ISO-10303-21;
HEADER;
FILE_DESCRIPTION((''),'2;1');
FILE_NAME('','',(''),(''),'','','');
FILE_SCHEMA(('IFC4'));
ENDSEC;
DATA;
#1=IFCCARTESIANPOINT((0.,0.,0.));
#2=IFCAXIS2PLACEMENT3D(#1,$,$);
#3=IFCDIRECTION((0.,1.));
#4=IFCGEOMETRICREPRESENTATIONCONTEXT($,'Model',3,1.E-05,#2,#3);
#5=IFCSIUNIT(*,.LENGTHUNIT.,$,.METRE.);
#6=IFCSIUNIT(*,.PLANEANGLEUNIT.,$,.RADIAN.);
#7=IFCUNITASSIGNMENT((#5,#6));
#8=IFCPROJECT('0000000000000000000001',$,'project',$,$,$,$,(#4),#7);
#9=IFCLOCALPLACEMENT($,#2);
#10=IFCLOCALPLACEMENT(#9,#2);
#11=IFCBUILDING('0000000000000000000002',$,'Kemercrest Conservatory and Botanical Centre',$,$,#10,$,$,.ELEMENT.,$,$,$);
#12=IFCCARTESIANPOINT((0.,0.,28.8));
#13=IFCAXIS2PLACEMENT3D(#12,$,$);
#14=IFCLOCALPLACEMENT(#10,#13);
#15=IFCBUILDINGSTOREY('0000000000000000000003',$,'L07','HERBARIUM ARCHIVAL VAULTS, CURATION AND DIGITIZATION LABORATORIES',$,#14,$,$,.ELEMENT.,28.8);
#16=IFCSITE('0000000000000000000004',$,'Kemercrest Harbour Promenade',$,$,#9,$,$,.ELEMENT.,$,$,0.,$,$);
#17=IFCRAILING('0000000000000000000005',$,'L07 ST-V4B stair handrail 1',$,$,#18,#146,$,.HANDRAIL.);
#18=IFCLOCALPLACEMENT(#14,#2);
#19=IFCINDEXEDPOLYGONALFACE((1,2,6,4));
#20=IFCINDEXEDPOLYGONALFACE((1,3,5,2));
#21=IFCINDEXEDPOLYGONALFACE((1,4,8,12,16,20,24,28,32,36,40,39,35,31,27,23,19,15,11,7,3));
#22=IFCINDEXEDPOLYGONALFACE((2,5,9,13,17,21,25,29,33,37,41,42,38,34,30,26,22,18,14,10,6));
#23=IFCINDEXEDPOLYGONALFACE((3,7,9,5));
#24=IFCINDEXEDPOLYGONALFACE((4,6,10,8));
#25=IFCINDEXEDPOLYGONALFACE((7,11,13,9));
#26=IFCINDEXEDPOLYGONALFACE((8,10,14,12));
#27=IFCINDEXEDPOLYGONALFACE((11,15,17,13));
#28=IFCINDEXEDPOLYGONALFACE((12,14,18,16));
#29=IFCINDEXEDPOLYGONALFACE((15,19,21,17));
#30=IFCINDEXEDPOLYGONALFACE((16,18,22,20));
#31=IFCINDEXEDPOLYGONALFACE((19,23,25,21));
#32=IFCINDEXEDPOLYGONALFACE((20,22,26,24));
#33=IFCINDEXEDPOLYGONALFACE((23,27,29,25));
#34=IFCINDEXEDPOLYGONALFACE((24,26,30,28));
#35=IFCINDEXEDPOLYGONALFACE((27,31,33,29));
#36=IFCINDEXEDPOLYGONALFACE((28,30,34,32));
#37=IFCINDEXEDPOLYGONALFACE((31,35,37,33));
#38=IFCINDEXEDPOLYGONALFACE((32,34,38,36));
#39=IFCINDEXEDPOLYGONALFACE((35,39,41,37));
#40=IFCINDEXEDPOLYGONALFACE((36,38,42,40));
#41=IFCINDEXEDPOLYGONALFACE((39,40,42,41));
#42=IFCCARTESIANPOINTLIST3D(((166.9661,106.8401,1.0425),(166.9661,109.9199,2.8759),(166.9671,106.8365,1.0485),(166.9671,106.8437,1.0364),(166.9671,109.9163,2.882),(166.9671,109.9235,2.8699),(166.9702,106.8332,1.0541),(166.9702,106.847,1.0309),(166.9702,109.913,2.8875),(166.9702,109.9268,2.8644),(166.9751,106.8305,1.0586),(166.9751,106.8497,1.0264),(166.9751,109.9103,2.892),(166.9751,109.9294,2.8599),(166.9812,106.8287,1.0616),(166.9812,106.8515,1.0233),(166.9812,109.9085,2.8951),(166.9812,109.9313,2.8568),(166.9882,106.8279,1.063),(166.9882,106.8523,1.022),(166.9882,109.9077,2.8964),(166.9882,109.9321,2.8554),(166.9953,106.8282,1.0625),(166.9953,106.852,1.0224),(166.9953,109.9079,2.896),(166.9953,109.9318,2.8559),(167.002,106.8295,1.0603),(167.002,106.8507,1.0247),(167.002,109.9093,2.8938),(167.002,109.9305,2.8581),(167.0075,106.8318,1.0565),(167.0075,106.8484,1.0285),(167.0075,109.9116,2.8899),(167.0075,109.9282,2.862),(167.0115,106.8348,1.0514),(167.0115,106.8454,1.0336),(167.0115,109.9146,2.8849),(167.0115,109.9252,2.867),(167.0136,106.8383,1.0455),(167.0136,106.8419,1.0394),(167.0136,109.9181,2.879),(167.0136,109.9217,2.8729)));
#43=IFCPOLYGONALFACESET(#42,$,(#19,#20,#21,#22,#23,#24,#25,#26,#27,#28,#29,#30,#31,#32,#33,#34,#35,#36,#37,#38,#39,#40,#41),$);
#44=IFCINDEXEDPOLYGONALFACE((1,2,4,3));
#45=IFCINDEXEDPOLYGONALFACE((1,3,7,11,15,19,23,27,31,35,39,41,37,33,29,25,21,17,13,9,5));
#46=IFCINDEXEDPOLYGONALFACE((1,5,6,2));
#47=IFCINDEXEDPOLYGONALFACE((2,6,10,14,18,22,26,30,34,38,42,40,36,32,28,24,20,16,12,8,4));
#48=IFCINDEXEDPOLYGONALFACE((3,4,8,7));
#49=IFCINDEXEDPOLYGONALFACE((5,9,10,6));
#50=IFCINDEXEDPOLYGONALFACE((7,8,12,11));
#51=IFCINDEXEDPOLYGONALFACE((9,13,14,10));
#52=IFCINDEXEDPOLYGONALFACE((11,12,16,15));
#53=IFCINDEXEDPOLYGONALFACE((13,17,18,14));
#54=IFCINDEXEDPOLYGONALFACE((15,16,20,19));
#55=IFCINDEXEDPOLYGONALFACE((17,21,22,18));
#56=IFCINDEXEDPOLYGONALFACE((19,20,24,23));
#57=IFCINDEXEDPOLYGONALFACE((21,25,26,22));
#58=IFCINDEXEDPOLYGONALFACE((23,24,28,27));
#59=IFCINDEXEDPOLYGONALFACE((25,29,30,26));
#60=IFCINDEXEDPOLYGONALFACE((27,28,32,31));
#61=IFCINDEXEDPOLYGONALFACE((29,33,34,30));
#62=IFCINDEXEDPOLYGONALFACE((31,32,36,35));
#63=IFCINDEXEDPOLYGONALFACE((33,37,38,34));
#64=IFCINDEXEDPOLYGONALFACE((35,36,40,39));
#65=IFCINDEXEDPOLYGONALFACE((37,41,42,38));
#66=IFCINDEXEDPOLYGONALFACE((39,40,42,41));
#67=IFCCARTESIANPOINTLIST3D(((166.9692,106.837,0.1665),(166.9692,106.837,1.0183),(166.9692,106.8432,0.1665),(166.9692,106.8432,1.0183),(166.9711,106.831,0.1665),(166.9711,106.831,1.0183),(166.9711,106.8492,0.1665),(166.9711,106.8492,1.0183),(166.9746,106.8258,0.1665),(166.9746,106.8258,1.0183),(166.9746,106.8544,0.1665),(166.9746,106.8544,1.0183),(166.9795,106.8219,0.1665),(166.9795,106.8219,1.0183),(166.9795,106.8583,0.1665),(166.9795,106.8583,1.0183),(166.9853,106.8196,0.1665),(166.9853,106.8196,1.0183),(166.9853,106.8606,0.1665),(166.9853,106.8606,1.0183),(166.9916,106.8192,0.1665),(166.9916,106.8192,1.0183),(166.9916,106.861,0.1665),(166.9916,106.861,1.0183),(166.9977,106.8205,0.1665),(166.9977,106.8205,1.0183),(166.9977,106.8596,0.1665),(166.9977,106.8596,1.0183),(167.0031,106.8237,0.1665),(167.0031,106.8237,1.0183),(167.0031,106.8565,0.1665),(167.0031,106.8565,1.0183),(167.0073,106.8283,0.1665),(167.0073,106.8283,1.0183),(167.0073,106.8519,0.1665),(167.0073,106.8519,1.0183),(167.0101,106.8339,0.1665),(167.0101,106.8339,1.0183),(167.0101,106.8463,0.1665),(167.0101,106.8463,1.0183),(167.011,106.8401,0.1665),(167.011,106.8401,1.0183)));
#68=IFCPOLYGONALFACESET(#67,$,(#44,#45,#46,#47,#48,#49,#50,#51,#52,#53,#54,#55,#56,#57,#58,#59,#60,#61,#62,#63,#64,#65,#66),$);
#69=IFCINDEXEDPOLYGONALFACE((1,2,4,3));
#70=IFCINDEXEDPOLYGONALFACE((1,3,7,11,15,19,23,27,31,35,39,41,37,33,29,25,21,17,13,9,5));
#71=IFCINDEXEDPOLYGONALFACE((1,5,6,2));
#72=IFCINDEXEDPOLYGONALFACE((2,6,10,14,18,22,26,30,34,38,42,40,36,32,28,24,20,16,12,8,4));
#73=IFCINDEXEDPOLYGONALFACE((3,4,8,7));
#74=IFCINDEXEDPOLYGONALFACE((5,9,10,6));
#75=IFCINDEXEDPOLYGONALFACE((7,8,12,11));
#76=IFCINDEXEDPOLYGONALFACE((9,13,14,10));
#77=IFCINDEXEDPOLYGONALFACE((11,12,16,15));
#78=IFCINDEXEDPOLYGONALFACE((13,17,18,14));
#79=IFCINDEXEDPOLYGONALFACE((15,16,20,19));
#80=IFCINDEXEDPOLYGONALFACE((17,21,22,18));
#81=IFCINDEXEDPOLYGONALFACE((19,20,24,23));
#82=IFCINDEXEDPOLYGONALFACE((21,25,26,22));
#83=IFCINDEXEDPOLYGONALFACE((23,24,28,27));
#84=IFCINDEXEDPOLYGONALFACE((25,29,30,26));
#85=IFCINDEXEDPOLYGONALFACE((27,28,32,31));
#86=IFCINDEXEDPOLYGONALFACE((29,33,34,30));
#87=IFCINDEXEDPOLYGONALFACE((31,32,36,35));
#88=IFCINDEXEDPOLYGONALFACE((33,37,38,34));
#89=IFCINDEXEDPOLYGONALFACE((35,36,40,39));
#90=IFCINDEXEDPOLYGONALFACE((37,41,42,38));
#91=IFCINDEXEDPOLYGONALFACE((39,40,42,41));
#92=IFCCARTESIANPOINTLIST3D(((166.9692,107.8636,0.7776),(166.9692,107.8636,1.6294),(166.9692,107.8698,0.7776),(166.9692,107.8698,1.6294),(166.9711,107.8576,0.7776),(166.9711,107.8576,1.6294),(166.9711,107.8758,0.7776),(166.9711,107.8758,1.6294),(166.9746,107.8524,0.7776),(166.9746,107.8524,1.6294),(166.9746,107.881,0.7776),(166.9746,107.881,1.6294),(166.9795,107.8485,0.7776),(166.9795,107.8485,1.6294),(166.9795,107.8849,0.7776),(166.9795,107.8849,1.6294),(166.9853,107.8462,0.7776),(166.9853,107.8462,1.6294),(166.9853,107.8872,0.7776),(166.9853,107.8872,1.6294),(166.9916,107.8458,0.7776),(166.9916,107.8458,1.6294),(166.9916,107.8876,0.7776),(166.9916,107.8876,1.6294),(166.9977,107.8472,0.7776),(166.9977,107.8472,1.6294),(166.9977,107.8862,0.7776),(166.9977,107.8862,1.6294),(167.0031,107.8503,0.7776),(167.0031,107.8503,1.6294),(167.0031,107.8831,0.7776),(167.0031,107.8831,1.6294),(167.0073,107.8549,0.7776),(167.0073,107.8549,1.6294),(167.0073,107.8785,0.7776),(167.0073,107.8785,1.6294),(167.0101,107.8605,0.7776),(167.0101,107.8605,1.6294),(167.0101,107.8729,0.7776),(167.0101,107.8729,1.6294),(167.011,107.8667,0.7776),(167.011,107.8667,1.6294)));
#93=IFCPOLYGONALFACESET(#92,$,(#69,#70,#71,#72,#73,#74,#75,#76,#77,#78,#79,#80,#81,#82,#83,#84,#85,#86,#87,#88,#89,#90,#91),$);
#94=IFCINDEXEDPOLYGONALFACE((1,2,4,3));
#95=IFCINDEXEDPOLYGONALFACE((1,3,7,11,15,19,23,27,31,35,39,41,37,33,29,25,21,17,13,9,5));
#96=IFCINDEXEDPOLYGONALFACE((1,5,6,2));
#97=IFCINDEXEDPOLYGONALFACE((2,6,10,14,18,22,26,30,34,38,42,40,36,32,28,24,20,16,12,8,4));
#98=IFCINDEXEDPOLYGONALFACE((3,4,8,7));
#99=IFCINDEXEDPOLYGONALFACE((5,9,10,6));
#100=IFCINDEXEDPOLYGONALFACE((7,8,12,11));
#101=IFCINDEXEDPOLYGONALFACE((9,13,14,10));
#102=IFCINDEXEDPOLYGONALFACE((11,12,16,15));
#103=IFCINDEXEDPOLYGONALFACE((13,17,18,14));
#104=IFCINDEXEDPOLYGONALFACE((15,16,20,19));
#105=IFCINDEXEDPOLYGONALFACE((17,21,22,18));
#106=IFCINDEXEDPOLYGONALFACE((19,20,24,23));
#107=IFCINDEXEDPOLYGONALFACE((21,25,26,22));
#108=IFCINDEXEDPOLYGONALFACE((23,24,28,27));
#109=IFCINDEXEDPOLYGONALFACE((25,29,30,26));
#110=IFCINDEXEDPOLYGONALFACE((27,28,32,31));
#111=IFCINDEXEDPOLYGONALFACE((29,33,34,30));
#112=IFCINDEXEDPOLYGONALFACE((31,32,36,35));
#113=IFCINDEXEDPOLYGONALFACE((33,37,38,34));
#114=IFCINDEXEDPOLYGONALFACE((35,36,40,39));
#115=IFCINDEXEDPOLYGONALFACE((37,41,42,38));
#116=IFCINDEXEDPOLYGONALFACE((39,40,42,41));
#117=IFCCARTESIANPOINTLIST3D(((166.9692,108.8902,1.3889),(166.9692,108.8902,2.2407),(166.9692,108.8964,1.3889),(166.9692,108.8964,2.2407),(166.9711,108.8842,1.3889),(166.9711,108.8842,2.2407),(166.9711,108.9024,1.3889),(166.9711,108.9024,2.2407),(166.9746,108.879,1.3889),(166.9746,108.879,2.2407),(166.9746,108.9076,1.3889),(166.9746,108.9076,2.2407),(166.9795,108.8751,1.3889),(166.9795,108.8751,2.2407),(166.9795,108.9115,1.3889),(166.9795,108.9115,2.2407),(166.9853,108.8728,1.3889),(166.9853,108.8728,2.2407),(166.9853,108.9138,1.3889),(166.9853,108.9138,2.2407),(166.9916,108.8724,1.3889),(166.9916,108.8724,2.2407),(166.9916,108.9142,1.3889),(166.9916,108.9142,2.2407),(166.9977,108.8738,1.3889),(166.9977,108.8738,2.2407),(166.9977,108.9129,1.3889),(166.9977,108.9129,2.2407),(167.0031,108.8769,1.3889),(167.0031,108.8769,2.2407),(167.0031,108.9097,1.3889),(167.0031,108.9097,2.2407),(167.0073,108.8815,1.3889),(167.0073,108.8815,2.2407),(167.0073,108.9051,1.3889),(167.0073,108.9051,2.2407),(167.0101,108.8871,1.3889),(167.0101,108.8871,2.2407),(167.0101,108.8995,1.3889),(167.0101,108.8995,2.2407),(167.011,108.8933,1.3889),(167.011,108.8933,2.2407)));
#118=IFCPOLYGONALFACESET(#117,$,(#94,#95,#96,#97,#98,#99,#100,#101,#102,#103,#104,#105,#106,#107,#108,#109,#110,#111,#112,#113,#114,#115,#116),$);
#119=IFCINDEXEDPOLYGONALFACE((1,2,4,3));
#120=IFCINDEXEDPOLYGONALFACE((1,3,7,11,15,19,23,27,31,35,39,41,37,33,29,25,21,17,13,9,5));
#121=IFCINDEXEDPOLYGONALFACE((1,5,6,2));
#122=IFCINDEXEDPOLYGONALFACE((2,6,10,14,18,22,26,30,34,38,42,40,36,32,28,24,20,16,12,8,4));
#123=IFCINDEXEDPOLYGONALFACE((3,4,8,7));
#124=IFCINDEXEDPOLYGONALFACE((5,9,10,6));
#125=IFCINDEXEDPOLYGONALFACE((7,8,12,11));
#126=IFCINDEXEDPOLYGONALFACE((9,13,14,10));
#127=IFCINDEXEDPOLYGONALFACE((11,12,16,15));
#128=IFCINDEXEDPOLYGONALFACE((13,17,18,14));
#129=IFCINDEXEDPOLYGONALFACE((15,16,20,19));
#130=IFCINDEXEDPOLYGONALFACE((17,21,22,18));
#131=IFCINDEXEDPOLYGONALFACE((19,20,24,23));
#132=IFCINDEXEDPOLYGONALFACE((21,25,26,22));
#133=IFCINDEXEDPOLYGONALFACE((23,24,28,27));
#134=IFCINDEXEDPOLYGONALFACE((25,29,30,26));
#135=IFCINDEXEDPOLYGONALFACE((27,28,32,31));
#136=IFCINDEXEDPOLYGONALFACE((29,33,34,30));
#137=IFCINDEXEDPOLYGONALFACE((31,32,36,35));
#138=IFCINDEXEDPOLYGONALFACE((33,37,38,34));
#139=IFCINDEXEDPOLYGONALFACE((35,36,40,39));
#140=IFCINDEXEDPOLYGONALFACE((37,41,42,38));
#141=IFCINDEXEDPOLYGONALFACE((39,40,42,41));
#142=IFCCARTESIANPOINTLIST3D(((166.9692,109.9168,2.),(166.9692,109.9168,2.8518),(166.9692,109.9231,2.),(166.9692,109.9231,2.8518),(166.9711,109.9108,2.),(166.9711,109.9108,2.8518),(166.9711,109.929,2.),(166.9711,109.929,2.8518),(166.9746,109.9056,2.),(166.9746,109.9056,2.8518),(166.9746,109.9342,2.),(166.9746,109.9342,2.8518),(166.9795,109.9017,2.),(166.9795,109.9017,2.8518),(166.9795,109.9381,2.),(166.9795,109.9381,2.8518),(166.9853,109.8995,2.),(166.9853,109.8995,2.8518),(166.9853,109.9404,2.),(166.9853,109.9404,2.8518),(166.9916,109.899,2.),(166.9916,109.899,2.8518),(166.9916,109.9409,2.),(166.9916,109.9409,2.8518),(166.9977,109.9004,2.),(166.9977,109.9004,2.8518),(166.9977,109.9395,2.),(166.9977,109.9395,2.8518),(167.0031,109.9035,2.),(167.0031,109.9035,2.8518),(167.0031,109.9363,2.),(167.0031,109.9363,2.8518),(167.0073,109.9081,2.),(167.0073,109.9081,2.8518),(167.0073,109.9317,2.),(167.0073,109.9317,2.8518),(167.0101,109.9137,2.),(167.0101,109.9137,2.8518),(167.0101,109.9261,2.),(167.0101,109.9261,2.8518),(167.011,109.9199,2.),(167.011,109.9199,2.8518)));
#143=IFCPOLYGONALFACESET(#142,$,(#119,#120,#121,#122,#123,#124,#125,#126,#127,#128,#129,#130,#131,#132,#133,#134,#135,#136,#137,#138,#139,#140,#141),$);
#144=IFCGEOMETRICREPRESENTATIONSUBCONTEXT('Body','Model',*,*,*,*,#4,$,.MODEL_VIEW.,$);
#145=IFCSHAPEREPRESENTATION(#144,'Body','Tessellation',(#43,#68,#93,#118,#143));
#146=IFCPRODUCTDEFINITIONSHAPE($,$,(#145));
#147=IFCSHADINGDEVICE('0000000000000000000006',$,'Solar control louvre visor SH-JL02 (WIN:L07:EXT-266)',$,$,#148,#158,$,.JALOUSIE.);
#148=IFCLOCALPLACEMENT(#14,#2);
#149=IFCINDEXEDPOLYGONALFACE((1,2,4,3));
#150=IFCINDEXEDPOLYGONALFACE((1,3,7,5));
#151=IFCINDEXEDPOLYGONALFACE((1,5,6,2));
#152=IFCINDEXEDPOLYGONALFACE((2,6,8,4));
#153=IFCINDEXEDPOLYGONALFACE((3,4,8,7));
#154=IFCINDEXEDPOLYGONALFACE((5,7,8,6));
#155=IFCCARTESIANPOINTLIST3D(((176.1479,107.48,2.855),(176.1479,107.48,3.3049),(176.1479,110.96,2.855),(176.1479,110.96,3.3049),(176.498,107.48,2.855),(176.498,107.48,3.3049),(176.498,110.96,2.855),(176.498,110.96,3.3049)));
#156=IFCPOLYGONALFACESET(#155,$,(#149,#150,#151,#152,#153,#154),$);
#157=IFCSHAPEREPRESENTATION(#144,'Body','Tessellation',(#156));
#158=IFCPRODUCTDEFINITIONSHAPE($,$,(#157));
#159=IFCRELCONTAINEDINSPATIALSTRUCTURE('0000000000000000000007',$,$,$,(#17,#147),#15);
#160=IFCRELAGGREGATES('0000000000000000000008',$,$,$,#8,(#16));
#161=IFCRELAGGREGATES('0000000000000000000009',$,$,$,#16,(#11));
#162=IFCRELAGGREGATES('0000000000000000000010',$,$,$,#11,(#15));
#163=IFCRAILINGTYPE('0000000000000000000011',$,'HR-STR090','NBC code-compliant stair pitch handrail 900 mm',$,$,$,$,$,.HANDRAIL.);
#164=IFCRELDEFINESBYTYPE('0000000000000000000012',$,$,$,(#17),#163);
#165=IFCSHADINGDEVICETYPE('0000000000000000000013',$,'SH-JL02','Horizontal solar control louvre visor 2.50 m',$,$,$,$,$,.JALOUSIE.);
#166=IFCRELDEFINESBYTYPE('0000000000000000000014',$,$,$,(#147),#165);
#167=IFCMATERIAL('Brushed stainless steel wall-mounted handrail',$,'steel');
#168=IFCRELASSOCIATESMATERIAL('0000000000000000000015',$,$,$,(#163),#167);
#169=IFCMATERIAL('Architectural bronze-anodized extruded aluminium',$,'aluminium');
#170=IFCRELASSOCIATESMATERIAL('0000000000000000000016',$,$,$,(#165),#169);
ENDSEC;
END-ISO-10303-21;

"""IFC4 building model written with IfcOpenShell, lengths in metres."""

from ifc_helpers import new_model, si_unit, direction, frame, origin, origin_2d, place, context, subcontext, project, spatial, rectangle, circle, extrude, material, type_object, element, save


model = new_model("IFC4")

# Units and contexts
model_context = context("Model", 3, precision=1e-05, world=origin(), true_north=direction((0.0, 1.0)))
body_context = subcontext(model_context, "Body", "Model", "MODEL_VIEW")
ifc_project = project(units=[si_unit("LENGTHUNIT", "METRE"), si_unit("PLANEANGLEUNIT", "RADIAN")], contexts=[model_context])

# Site, building, storey
site_placement = place(None, origin())
site = spatial("IfcSite", under=ifc_project, at=site_placement, Name="Kemercrest Harbour Promenade", CompositionType="ELEMENT", RefElevation=0.0)
building_placement = place(site_placement, origin())
building = spatial("IfcBuilding", under=site, at=building_placement, Name="Kemercrest Conservatory and Botanical Centre", CompositionType="ELEMENT")
storey_placement = place(building_placement, frame((0.0, 0.0, 28.8)))
storey = spatial("IfcBuildingStorey", under=building, at=storey_placement, Name="L07", Description="HERBARIUM ARCHIVAL VAULTS, CURATION AND DIGITIZATION LABORATORIES", CompositionType="ELEMENT", Elevation=28.8)

# Railing
ifc_material_1 = material(Name="Brushed stainless steel wall-mounted handrail", Category="steel")
railing_type_1 = type_object("IfcRailingType", Name="HR-STR090", Description="NBC code-compliant stair pitch handrail 900 mm", PredefinedType="HANDRAIL", material=ifc_material_1)
railing_1_placement = place(storey_placement, frame((166.99, 106.8401, 0.1665)))
element("IfcRailing", 1, at=railing_1_placement, inside=storey, type_object=railing_type_1, Name="L07 ST-V4B stair handrail 1", PredefinedType="HANDRAIL", context=body_context, shape_type="SweptSolid", body=[
    extrude(circle(Radius=0.0239, at=origin_2d()), frame((0.0, 0.0, 0.876), z_axis=(0.0, 0.859261, 0.511538), x_axis=(-1.0, 0.0, 0.0)), (0.0, 0.0, 1.0), 3.5842),
    extrude(circle(Radius=0.021, at=origin_2d()), origin(), (0.0, 0.0, 1.0), 0.8518),
    extrude(circle(Radius=0.021, at=origin_2d()), frame((0.0, 1.0266, 0.6111)), (0.0, 0.0, 1.0), 0.8518),
    extrude(circle(Radius=0.021, at=origin_2d()), frame((0.0, 2.0532, 1.2224)), (0.0, 0.0, 1.0), 0.8518),
    extrude(circle(Radius=0.021, at=origin_2d()), frame((0.0, 3.0798, 1.8335)), (0.0, 0.0, 1.0), 0.8518),
])

# Shading device
ifc_material_2 = material(Name="Architectural bronze-anodized extruded aluminium", Category="aluminium")
shading_device_type = type_object("IfcShadingDeviceType", Name="SH-JL02", Description="Horizontal solar control louvre visor 2.50 m", PredefinedType="JALOUSIE", material=ifc_material_2)
shading_device_placement = place(storey_placement, frame((176.323, 109.22, 2.855), z_axis=(0.0, 0.0, 1.0), x_axis=(0.0, 1.0, 0.0)))
element("IfcShadingDevice", 2, at=shading_device_placement, inside=storey, type_object=shading_device_type, Name="Solar control louvre visor SH-JL02 (WIN:L07:EXT-266)", PredefinedType="JALOUSIE", context=body_context, shape_type="SweptSolid", body=[
    extrude(rectangle(XDim=3.48, YDim=0.3501, at=origin_2d()), origin(), (0.0, 0.0, 1.0), 0.45),
])

save(model, "model.ifc")
